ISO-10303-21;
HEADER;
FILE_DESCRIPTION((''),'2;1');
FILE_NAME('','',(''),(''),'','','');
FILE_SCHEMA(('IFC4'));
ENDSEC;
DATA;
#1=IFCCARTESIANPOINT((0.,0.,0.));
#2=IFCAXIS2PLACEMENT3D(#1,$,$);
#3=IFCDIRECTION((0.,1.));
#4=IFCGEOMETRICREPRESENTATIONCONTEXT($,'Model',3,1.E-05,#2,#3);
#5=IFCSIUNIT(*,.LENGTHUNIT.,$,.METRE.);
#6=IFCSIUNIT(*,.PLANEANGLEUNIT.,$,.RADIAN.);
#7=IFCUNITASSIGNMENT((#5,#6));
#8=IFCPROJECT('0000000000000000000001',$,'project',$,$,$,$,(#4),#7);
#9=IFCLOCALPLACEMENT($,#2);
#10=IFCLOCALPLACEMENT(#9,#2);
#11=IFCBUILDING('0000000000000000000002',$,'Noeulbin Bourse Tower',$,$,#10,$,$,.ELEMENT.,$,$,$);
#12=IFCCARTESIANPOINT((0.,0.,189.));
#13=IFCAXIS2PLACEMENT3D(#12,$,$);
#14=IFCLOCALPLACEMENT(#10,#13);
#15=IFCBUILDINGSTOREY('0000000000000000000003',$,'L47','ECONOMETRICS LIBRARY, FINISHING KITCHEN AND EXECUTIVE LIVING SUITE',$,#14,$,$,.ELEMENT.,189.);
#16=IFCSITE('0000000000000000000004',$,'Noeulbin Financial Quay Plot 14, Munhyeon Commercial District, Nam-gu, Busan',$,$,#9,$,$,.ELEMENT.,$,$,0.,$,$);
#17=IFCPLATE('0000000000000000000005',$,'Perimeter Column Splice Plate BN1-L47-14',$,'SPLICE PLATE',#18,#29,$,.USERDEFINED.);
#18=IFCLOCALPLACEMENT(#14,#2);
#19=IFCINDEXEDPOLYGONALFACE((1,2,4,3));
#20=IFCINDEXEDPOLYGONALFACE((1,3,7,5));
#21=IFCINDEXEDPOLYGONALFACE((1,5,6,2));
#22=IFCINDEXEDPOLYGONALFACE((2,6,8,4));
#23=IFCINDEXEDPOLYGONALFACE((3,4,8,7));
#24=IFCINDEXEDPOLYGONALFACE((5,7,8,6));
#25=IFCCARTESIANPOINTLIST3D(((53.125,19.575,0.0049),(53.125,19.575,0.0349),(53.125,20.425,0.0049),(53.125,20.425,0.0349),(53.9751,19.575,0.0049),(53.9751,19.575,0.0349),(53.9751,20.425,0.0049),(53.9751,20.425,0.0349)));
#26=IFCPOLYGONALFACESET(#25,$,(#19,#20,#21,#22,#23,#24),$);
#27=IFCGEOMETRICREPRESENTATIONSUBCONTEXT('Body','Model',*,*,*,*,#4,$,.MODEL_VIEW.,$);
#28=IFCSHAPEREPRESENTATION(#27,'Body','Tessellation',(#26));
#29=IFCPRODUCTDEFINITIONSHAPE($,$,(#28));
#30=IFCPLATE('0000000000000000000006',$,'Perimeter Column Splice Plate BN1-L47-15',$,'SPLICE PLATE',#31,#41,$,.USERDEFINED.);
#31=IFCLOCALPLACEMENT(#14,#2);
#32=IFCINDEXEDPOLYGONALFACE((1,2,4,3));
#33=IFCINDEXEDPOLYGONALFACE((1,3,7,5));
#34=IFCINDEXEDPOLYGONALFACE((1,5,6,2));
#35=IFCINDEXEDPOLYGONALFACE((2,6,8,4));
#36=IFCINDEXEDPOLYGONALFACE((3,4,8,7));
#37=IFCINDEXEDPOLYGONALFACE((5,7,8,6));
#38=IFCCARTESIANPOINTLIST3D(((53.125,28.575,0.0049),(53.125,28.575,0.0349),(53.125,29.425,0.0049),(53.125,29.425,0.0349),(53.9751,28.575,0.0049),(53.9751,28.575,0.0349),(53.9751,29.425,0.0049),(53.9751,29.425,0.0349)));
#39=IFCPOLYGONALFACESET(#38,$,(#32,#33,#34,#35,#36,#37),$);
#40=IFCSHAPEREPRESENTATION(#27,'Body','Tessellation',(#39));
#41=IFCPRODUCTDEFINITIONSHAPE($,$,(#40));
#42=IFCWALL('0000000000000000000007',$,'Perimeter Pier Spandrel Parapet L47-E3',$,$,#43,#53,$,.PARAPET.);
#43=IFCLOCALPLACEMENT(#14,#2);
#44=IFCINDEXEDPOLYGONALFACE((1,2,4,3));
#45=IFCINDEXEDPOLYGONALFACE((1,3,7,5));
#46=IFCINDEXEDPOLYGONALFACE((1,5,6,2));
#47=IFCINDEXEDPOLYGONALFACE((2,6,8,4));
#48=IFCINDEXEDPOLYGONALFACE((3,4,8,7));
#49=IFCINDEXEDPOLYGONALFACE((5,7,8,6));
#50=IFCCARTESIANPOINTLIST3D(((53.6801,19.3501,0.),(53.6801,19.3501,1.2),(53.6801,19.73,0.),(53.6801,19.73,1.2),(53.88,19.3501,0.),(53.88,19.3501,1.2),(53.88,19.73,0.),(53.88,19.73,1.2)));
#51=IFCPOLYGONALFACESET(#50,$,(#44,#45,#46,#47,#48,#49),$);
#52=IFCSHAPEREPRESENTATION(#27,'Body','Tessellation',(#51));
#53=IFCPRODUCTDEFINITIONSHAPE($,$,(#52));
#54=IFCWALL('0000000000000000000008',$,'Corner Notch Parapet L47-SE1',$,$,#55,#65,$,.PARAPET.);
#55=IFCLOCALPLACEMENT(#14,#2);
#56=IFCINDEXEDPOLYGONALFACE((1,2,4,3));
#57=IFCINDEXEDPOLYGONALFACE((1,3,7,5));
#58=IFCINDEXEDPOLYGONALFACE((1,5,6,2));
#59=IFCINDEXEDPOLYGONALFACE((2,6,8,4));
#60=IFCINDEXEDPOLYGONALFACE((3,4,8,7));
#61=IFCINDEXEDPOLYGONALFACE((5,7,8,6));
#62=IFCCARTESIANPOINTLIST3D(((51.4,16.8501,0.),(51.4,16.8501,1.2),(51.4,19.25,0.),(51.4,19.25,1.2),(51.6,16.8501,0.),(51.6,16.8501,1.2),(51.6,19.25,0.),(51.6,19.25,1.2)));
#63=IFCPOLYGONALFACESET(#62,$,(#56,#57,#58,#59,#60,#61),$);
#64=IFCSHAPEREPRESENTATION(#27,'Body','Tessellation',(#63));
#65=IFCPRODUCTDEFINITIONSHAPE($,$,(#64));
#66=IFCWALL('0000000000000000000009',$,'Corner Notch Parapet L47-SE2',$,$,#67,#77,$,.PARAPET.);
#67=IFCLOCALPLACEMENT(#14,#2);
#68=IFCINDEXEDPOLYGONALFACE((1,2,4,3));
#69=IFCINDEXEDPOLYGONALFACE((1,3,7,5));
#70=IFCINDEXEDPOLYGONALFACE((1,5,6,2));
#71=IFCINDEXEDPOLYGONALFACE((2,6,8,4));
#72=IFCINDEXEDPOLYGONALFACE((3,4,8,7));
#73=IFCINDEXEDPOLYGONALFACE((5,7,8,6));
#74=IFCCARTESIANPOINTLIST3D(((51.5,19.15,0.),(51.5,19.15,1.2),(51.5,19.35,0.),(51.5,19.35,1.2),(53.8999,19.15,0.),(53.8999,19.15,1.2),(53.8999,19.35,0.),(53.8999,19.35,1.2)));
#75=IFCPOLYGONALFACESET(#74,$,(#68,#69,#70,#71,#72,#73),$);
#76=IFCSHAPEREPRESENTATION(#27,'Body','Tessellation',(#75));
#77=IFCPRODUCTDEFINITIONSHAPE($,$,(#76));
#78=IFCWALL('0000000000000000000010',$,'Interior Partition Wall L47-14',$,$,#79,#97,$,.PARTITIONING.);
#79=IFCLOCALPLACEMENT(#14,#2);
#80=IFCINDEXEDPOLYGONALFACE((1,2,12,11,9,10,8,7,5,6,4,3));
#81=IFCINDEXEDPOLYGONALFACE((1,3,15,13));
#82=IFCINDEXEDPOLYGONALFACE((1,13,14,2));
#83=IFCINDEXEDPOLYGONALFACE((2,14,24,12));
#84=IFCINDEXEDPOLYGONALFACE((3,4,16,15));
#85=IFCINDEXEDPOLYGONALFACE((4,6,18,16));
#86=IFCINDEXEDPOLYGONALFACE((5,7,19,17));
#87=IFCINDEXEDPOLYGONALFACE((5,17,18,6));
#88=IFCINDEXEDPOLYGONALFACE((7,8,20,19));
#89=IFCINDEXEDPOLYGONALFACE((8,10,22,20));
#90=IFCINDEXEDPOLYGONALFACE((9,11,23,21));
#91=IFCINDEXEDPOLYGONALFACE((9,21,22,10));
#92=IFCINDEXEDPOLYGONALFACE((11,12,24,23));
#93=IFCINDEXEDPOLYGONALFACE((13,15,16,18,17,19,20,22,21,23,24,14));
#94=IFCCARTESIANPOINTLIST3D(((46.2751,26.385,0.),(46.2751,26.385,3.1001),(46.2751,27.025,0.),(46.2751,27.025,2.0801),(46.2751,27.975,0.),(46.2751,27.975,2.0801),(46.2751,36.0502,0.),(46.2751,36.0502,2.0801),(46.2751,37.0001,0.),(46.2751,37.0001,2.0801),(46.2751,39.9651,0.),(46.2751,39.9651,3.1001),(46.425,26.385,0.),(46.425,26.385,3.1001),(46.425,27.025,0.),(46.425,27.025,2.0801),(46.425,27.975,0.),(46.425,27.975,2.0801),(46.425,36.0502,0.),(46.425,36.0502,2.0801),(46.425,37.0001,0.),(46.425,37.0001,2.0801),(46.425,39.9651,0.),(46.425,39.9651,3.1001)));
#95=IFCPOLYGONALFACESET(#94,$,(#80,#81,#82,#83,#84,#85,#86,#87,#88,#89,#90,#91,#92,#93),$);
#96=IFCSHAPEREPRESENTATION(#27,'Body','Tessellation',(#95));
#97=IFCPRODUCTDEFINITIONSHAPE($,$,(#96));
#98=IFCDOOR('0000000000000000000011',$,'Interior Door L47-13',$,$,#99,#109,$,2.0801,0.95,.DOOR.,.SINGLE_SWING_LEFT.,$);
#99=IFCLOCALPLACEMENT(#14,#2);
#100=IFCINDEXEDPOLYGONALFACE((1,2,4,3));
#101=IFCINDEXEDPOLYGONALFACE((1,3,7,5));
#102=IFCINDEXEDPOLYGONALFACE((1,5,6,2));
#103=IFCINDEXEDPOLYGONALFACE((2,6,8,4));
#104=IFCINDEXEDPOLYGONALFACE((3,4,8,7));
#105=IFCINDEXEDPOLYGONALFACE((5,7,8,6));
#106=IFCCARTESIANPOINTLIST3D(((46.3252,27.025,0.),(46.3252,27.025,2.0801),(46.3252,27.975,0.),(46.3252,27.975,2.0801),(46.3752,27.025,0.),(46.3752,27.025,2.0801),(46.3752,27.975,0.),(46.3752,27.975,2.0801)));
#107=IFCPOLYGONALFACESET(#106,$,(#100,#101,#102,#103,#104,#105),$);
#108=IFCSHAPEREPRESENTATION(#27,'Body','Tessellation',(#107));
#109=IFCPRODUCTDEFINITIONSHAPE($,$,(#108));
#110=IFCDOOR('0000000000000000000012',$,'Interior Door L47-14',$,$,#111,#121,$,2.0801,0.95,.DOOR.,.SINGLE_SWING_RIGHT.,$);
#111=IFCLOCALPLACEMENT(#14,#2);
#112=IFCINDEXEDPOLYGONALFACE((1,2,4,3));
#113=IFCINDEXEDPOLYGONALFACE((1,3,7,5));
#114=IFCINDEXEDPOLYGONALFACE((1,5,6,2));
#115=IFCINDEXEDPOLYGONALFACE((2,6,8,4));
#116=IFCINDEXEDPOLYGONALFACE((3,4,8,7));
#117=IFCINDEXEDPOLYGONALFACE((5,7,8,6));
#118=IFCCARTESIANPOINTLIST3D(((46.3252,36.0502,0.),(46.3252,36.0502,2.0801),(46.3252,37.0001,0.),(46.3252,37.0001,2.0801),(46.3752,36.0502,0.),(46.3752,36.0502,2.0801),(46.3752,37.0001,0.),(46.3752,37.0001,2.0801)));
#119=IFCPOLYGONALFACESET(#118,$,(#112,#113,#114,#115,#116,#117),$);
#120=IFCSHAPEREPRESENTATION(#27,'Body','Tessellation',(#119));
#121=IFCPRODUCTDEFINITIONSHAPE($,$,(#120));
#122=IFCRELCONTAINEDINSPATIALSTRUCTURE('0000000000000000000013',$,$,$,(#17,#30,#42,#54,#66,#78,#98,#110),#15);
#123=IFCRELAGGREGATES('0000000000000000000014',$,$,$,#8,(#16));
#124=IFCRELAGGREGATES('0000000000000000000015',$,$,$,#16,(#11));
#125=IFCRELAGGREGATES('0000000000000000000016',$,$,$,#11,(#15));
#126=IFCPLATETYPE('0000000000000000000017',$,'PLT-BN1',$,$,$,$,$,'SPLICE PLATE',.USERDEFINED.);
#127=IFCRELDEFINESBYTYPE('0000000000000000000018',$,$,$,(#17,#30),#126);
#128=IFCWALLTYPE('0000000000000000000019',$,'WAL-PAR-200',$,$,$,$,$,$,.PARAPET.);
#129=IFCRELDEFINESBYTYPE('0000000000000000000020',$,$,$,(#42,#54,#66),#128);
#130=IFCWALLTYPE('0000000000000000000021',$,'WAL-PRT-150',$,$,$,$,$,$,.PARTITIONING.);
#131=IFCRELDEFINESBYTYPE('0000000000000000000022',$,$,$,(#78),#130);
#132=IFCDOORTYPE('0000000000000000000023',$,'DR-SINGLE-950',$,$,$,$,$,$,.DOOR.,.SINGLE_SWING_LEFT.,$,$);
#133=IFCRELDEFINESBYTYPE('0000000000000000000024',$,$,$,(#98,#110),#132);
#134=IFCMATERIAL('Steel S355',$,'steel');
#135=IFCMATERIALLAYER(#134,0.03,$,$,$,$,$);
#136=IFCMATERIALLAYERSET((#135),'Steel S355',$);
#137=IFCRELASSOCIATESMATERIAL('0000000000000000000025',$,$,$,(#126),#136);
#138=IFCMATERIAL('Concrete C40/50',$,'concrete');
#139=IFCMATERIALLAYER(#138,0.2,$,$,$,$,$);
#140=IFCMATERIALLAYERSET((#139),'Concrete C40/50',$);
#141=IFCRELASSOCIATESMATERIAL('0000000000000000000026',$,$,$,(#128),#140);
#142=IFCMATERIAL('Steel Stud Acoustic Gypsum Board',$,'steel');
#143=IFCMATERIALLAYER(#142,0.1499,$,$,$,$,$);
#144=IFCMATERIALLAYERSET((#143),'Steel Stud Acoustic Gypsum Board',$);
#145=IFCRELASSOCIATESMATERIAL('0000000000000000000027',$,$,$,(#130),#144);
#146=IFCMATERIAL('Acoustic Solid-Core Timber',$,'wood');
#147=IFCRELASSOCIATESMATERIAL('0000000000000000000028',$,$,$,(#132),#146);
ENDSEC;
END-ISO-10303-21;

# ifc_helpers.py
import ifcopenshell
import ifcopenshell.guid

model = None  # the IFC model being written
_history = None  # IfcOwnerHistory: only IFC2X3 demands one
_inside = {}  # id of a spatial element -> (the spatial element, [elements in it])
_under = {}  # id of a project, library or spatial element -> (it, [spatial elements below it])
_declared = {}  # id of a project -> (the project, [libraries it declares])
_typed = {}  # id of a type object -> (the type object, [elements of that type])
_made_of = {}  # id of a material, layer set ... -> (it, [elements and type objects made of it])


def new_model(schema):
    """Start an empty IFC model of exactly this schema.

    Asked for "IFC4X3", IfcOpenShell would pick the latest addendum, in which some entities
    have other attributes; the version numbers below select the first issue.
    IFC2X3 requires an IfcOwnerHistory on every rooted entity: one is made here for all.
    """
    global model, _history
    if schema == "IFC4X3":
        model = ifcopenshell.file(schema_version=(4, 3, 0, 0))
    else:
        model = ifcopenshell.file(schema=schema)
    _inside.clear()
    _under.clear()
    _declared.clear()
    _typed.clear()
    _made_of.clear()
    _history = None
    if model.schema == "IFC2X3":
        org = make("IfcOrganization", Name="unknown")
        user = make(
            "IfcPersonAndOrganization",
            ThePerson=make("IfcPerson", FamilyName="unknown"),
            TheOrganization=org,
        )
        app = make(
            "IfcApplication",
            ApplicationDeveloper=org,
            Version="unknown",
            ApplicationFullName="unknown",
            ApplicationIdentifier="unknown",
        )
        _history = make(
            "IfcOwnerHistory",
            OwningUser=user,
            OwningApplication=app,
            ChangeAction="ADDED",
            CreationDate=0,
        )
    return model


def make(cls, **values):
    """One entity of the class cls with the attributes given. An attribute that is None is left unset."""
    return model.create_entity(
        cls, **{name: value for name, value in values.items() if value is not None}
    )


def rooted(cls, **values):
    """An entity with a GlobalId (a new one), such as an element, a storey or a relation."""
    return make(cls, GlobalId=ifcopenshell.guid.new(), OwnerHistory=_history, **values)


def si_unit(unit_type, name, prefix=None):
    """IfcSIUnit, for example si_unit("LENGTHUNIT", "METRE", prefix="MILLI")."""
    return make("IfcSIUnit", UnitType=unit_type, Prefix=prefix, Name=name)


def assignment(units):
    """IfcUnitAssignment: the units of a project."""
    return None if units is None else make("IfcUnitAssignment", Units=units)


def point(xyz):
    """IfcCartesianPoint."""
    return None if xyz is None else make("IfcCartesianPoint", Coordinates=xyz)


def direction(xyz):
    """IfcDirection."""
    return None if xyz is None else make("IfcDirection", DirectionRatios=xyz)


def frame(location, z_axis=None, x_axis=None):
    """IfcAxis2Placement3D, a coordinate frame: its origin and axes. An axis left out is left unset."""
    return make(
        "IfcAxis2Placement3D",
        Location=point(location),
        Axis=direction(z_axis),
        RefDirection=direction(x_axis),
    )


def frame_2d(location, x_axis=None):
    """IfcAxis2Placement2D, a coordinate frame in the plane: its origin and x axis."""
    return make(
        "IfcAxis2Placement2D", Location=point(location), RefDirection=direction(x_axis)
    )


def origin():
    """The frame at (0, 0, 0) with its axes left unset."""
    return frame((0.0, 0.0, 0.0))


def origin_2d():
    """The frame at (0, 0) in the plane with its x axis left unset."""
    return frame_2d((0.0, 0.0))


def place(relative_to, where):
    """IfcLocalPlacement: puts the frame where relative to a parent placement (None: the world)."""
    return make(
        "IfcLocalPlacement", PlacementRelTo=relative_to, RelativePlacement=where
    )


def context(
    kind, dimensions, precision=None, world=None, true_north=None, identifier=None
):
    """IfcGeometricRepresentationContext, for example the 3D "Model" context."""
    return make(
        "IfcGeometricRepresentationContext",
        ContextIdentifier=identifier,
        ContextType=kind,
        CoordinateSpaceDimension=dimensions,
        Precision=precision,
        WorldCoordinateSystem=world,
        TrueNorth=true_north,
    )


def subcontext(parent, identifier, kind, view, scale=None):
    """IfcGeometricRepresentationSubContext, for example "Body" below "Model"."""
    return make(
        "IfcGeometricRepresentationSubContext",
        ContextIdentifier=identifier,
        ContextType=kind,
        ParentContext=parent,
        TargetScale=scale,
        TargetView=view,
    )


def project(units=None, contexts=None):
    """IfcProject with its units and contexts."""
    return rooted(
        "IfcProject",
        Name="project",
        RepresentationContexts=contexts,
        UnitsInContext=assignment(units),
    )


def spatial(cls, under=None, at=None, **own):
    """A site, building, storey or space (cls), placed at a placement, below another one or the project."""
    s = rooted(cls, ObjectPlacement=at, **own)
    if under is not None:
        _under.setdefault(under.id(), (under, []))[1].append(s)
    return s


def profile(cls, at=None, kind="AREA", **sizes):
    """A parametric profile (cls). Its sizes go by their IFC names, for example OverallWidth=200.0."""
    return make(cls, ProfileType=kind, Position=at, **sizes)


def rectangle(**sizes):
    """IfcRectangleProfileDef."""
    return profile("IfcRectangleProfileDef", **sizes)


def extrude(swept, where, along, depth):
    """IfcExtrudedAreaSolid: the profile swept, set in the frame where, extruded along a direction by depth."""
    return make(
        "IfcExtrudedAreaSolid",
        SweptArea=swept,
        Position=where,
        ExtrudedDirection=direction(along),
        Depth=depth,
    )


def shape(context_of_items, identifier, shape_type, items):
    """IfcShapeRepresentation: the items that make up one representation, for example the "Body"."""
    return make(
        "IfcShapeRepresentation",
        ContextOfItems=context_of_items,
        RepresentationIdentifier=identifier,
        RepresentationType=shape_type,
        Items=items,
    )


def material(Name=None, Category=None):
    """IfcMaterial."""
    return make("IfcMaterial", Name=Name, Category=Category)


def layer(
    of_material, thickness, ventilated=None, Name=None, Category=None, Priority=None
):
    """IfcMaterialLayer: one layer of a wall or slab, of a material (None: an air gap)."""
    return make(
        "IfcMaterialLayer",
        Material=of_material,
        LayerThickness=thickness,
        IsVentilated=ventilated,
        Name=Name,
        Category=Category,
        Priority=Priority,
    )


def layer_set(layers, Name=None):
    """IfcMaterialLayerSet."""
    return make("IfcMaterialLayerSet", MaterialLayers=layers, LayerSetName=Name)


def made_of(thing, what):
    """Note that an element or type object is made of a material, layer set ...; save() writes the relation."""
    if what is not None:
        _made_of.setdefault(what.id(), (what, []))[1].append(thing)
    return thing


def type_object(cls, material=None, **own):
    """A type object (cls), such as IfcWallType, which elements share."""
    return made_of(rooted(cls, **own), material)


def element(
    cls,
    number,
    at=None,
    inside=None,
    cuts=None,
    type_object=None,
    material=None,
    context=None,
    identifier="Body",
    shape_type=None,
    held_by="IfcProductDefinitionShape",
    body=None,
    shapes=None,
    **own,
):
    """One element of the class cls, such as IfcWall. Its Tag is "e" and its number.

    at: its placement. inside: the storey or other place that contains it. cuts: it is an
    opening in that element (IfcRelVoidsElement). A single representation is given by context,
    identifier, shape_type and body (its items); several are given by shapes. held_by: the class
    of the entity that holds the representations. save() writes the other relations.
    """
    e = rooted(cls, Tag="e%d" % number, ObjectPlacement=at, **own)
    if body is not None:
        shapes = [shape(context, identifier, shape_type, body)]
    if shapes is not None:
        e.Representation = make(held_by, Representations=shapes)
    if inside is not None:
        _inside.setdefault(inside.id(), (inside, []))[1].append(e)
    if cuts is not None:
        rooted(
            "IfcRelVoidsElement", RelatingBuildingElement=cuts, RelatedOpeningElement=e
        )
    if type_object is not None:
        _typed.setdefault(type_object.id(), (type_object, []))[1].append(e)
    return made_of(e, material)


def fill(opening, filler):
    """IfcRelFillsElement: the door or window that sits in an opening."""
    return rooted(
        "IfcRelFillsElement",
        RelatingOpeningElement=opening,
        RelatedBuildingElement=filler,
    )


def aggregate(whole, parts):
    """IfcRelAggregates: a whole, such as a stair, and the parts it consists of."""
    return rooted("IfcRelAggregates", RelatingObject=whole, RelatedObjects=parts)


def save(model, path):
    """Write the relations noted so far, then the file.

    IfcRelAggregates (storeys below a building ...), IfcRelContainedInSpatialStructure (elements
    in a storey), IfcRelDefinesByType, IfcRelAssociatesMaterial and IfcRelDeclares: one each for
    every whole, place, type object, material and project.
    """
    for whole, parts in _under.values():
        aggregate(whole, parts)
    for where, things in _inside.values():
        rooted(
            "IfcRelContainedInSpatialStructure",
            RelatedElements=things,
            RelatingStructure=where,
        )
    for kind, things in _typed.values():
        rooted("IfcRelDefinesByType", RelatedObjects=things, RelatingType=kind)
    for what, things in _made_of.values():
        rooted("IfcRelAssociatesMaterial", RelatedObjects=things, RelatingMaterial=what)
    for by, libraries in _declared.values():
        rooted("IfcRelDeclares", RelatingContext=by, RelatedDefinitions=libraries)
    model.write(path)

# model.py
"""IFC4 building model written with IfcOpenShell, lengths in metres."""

from ifc_helpers import new_model, si_unit, direction, frame, frame_2d, origin, origin_2d, place, context, subcontext, project, spatial, rectangle, extrude, material, layer, layer_set, type_object, element, fill, save


model = new_model("IFC4")

# Units and contexts
model_context = context("Model", 3, precision=1e-05, world=origin(), true_north=direction((0.0, 1.0)))
body_context = subcontext(model_context, "Body", "Model", "MODEL_VIEW")
ifc_project = project(units=[si_unit("LENGTHUNIT", "METRE"), si_unit("PLANEANGLEUNIT", "RADIAN")], contexts=[model_context])

# Site, building, storey
site_placement = place(None, origin())
site = spatial("IfcSite", under=ifc_project, at=site_placement, Name="Noeulbin Financial Quay Plot 14, Munhyeon Commercial District, Nam-gu, Busan", CompositionType="ELEMENT", RefElevation=0.0)
building_placement = place(site_placement, origin())
building = spatial("IfcBuilding", under=site, at=building_placement, Name="Noeulbin Bourse Tower", CompositionType="ELEMENT")
storey_placement = place(building_placement, frame((0.0, 0.0, 189.0)))
storey = spatial("IfcBuildingStorey", under=building, at=storey_placement, Name="L47", Description="ECONOMETRICS LIBRARY, FINISHING KITCHEN AND EXECUTIVE LIVING SUITE", CompositionType="ELEMENT", Elevation=189.0)

# Shared definitions
ifc_material_1 = material(Name="Steel S355", Category="steel")

# Plates
ifc_layer_1 = layer(ifc_material_1, 0.03)
ifc_layer_set_1 = layer_set([ifc_layer_1], Name="Steel S355")
plate_type_1 = type_object("IfcPlateType", Name="PLT-BN1", ElementType="SPLICE PLATE", PredefinedType="USERDEFINED", material=ifc_layer_set_1)
for number, where, z_axis, x_axis, name in (
    (1, (53.55, 20.0, 0.0049), (0.0, 0.0, 1.0), (1.0, 0.0, 0.0), "Perimeter Column Splice Plate BN1-L47-14"),
    (2, (53.55, 29.0, 0.0049), (0.0, 0.0, 1.0), (1.0, 0.0, 0.0), "Perimeter Column Splice Plate BN1-L47-15"),
):
    element("IfcPlate", number, at=place(storey_placement, frame(where, z_axis=z_axis, x_axis=x_axis)), inside=storey, type_object=plate_type_1, Name=name, ObjectType="SPLICE PLATE", PredefinedType="USERDEFINED", context=body_context, shape_type="SweptSolid", body=[
        extrude(rectangle(XDim=0.8501, YDim=0.8501, at=origin_2d()), origin(), (0.0, 0.0, 1.0), 0.03),
    ])

# Walls
ifc_material_2 = material(Name="Concrete C40/50", Category="concrete")
ifc_layer_2 = layer(ifc_material_2, 0.2)
ifc_layer_set_2 = layer_set([ifc_layer_2], Name="Concrete C40/50")
wall_type_1 = type_object("IfcWallType", Name="WAL-PAR-200", PredefinedType="PARAPET", material=ifc_layer_set_2)
wall_1_placement = place(storey_placement, frame((53.78, 19.3501, 0.0), z_axis=(0.0, 0.0, 1.0), x_axis=(0.0, 1.0, 0.0)))
element("IfcWall", 3, at=wall_1_placement, inside=storey, type_object=wall_type_1, Name="Perimeter Pier Spandrel Parapet L47-E3", PredefinedType="PARAPET", context=body_context, shape_type="SweptSolid", body=[
    extrude(rectangle(XDim=0.3799, YDim=0.2, at=frame_2d((0.1899, 0.0))), origin(), (0.0, 0.0, 1.0), 1.2),
])
for number, where, z_axis, x_axis, name in (
    (4, (51.5, 16.8501, 0.0), (0.0, 0.0, 1.0), (0.0, 1.0, 0.0), "Corner Notch Parapet L47-SE1"),
    (5, (51.5, 19.25, 0.0), (0.0, 0.0, 1.0), (1.0, 0.0, 0.0), "Corner Notch Parapet L47-SE2"),
):
    element("IfcWall", number, at=place(storey_placement, frame(where, z_axis=z_axis, x_axis=x_axis)), inside=storey, type_object=wall_type_1, Name=name, PredefinedType="PARAPET", context=body_context, shape_type="SweptSolid", body=[
        extrude(rectangle(XDim=2.3999, YDim=0.2, at=frame_2d((1.2, 0.0))), origin(), (0.0, 0.0, 1.0), 1.2),
    ])

# Wall, openings, doors
ifc_material_3 = material(Name="Steel Stud Acoustic Gypsum Board", Category="steel")
ifc_layer_3 = layer(ifc_material_3, 0.1499)
ifc_layer_set_3 = layer_set([ifc_layer_3], Name="Steel Stud Acoustic Gypsum Board")
wall_type_2 = type_object("IfcWallType", Name="WAL-PRT-150", PredefinedType="PARTITIONING", material=ifc_layer_set_3)
wall_2_placement = place(storey_placement, frame((46.3501, 26.385, 0.0), z_axis=(0.0, 0.0, 1.0), x_axis=(0.0, 1.0, 0.0)))
wall_2 = element("IfcWall", 6, at=wall_2_placement, inside=storey, type_object=wall_type_2, Name="Interior Partition Wall L47-14", PredefinedType="PARTITIONING", context=body_context, shape_type="SweptSolid", body=[
    extrude(rectangle(XDim=13.5801, YDim=0.1499, at=frame_2d((6.79, 0.0))), origin(), (0.0, 0.0, 1.0), 3.1001),
])
opening_1_placement = place(wall_2_placement, frame((0.6399, 0.0, 0.0)))
opening_1 = element("IfcOpeningElement", 7, at=opening_1_placement, cuts=wall_2, PredefinedType="OPENING", context=body_context, shape_type="SweptSolid", body=[
    extrude(rectangle(XDim=0.95, YDim=2.0801, at=frame_2d((0.4751, 1.04))), frame((0.0, 0.085, 0.0), z_axis=(0.0, -1.0, 0.0), x_axis=(1.0, 0.0, 0.0)), (0.0, 0.0, 1.0), 0.1699),
])
opening_2_placement = place(wall_2_placement, frame((9.665, 0.0, 0.0)))
opening_2 = element("IfcOpeningElement", 8, at=opening_2_placement, cuts=wall_2, PredefinedType="OPENING", context=body_context, shape_type="SweptSolid", body=[
    extrude(rectangle(XDim=0.95, YDim=2.0801, at=frame_2d((0.4751, 1.04))), frame((0.0, 0.085, 0.0), z_axis=(0.0, -1.0, 0.0), x_axis=(1.0, 0.0, 0.0)), (0.0, 0.0, 1.0), 0.1699),
])
ifc_material_4 = material(Name="Acoustic Solid-Core Timber", Category="wood")
door_type = type_object("IfcDoorType", Name="DR-SINGLE-950", OperationType="SINGLE_SWING_LEFT", PredefinedType="DOOR", material=ifc_material_4)
door_1_placement = place(opening_1_placement, origin())
door_1 = element("IfcDoor", 9, at=door_1_placement, inside=storey, type_object=door_type, Name="Interior Door L47-13", OperationType="SINGLE_SWING_LEFT", OverallHeight=2.0801, OverallWidth=0.95, PredefinedType="DOOR", context=body_context, shape_type="SweptSolid", body=[
    extrude(rectangle(XDim=0.95, YDim=2.0801, at=frame_2d((0.4751, 1.04))), frame((0.0, 0.0249, 0.0), z_axis=(0.0, -1.0, 0.0), x_axis=(1.0, 0.0, 0.0)), (0.0, 0.0, 1.0), 0.05),
])
fill(opening_1, door_1)
door_2_placement = place(opening_2_placement, origin())
door_2 = element("IfcDoor", 10, at=door_2_placement, inside=storey, type_object=door_type, Name="Interior Door L47-14", OperationType="SINGLE_SWING_RIGHT", OverallHeight=2.0801, OverallWidth=0.95, PredefinedType="DOOR", context=body_context, shape_type="SweptSolid", body=[
    extrude(rectangle(XDim=0.95, YDim=2.0801, at=frame_2d((0.4751, 1.04))), frame((0.0, 0.0249, 0.0), z_axis=(0.0, -1.0, 0.0), x_axis=(1.0, 0.0, 0.0)), (0.0, 0.0, 1.0), 0.05),
])
fill(opening_2, door_2)

save(model, "model.ifc")
